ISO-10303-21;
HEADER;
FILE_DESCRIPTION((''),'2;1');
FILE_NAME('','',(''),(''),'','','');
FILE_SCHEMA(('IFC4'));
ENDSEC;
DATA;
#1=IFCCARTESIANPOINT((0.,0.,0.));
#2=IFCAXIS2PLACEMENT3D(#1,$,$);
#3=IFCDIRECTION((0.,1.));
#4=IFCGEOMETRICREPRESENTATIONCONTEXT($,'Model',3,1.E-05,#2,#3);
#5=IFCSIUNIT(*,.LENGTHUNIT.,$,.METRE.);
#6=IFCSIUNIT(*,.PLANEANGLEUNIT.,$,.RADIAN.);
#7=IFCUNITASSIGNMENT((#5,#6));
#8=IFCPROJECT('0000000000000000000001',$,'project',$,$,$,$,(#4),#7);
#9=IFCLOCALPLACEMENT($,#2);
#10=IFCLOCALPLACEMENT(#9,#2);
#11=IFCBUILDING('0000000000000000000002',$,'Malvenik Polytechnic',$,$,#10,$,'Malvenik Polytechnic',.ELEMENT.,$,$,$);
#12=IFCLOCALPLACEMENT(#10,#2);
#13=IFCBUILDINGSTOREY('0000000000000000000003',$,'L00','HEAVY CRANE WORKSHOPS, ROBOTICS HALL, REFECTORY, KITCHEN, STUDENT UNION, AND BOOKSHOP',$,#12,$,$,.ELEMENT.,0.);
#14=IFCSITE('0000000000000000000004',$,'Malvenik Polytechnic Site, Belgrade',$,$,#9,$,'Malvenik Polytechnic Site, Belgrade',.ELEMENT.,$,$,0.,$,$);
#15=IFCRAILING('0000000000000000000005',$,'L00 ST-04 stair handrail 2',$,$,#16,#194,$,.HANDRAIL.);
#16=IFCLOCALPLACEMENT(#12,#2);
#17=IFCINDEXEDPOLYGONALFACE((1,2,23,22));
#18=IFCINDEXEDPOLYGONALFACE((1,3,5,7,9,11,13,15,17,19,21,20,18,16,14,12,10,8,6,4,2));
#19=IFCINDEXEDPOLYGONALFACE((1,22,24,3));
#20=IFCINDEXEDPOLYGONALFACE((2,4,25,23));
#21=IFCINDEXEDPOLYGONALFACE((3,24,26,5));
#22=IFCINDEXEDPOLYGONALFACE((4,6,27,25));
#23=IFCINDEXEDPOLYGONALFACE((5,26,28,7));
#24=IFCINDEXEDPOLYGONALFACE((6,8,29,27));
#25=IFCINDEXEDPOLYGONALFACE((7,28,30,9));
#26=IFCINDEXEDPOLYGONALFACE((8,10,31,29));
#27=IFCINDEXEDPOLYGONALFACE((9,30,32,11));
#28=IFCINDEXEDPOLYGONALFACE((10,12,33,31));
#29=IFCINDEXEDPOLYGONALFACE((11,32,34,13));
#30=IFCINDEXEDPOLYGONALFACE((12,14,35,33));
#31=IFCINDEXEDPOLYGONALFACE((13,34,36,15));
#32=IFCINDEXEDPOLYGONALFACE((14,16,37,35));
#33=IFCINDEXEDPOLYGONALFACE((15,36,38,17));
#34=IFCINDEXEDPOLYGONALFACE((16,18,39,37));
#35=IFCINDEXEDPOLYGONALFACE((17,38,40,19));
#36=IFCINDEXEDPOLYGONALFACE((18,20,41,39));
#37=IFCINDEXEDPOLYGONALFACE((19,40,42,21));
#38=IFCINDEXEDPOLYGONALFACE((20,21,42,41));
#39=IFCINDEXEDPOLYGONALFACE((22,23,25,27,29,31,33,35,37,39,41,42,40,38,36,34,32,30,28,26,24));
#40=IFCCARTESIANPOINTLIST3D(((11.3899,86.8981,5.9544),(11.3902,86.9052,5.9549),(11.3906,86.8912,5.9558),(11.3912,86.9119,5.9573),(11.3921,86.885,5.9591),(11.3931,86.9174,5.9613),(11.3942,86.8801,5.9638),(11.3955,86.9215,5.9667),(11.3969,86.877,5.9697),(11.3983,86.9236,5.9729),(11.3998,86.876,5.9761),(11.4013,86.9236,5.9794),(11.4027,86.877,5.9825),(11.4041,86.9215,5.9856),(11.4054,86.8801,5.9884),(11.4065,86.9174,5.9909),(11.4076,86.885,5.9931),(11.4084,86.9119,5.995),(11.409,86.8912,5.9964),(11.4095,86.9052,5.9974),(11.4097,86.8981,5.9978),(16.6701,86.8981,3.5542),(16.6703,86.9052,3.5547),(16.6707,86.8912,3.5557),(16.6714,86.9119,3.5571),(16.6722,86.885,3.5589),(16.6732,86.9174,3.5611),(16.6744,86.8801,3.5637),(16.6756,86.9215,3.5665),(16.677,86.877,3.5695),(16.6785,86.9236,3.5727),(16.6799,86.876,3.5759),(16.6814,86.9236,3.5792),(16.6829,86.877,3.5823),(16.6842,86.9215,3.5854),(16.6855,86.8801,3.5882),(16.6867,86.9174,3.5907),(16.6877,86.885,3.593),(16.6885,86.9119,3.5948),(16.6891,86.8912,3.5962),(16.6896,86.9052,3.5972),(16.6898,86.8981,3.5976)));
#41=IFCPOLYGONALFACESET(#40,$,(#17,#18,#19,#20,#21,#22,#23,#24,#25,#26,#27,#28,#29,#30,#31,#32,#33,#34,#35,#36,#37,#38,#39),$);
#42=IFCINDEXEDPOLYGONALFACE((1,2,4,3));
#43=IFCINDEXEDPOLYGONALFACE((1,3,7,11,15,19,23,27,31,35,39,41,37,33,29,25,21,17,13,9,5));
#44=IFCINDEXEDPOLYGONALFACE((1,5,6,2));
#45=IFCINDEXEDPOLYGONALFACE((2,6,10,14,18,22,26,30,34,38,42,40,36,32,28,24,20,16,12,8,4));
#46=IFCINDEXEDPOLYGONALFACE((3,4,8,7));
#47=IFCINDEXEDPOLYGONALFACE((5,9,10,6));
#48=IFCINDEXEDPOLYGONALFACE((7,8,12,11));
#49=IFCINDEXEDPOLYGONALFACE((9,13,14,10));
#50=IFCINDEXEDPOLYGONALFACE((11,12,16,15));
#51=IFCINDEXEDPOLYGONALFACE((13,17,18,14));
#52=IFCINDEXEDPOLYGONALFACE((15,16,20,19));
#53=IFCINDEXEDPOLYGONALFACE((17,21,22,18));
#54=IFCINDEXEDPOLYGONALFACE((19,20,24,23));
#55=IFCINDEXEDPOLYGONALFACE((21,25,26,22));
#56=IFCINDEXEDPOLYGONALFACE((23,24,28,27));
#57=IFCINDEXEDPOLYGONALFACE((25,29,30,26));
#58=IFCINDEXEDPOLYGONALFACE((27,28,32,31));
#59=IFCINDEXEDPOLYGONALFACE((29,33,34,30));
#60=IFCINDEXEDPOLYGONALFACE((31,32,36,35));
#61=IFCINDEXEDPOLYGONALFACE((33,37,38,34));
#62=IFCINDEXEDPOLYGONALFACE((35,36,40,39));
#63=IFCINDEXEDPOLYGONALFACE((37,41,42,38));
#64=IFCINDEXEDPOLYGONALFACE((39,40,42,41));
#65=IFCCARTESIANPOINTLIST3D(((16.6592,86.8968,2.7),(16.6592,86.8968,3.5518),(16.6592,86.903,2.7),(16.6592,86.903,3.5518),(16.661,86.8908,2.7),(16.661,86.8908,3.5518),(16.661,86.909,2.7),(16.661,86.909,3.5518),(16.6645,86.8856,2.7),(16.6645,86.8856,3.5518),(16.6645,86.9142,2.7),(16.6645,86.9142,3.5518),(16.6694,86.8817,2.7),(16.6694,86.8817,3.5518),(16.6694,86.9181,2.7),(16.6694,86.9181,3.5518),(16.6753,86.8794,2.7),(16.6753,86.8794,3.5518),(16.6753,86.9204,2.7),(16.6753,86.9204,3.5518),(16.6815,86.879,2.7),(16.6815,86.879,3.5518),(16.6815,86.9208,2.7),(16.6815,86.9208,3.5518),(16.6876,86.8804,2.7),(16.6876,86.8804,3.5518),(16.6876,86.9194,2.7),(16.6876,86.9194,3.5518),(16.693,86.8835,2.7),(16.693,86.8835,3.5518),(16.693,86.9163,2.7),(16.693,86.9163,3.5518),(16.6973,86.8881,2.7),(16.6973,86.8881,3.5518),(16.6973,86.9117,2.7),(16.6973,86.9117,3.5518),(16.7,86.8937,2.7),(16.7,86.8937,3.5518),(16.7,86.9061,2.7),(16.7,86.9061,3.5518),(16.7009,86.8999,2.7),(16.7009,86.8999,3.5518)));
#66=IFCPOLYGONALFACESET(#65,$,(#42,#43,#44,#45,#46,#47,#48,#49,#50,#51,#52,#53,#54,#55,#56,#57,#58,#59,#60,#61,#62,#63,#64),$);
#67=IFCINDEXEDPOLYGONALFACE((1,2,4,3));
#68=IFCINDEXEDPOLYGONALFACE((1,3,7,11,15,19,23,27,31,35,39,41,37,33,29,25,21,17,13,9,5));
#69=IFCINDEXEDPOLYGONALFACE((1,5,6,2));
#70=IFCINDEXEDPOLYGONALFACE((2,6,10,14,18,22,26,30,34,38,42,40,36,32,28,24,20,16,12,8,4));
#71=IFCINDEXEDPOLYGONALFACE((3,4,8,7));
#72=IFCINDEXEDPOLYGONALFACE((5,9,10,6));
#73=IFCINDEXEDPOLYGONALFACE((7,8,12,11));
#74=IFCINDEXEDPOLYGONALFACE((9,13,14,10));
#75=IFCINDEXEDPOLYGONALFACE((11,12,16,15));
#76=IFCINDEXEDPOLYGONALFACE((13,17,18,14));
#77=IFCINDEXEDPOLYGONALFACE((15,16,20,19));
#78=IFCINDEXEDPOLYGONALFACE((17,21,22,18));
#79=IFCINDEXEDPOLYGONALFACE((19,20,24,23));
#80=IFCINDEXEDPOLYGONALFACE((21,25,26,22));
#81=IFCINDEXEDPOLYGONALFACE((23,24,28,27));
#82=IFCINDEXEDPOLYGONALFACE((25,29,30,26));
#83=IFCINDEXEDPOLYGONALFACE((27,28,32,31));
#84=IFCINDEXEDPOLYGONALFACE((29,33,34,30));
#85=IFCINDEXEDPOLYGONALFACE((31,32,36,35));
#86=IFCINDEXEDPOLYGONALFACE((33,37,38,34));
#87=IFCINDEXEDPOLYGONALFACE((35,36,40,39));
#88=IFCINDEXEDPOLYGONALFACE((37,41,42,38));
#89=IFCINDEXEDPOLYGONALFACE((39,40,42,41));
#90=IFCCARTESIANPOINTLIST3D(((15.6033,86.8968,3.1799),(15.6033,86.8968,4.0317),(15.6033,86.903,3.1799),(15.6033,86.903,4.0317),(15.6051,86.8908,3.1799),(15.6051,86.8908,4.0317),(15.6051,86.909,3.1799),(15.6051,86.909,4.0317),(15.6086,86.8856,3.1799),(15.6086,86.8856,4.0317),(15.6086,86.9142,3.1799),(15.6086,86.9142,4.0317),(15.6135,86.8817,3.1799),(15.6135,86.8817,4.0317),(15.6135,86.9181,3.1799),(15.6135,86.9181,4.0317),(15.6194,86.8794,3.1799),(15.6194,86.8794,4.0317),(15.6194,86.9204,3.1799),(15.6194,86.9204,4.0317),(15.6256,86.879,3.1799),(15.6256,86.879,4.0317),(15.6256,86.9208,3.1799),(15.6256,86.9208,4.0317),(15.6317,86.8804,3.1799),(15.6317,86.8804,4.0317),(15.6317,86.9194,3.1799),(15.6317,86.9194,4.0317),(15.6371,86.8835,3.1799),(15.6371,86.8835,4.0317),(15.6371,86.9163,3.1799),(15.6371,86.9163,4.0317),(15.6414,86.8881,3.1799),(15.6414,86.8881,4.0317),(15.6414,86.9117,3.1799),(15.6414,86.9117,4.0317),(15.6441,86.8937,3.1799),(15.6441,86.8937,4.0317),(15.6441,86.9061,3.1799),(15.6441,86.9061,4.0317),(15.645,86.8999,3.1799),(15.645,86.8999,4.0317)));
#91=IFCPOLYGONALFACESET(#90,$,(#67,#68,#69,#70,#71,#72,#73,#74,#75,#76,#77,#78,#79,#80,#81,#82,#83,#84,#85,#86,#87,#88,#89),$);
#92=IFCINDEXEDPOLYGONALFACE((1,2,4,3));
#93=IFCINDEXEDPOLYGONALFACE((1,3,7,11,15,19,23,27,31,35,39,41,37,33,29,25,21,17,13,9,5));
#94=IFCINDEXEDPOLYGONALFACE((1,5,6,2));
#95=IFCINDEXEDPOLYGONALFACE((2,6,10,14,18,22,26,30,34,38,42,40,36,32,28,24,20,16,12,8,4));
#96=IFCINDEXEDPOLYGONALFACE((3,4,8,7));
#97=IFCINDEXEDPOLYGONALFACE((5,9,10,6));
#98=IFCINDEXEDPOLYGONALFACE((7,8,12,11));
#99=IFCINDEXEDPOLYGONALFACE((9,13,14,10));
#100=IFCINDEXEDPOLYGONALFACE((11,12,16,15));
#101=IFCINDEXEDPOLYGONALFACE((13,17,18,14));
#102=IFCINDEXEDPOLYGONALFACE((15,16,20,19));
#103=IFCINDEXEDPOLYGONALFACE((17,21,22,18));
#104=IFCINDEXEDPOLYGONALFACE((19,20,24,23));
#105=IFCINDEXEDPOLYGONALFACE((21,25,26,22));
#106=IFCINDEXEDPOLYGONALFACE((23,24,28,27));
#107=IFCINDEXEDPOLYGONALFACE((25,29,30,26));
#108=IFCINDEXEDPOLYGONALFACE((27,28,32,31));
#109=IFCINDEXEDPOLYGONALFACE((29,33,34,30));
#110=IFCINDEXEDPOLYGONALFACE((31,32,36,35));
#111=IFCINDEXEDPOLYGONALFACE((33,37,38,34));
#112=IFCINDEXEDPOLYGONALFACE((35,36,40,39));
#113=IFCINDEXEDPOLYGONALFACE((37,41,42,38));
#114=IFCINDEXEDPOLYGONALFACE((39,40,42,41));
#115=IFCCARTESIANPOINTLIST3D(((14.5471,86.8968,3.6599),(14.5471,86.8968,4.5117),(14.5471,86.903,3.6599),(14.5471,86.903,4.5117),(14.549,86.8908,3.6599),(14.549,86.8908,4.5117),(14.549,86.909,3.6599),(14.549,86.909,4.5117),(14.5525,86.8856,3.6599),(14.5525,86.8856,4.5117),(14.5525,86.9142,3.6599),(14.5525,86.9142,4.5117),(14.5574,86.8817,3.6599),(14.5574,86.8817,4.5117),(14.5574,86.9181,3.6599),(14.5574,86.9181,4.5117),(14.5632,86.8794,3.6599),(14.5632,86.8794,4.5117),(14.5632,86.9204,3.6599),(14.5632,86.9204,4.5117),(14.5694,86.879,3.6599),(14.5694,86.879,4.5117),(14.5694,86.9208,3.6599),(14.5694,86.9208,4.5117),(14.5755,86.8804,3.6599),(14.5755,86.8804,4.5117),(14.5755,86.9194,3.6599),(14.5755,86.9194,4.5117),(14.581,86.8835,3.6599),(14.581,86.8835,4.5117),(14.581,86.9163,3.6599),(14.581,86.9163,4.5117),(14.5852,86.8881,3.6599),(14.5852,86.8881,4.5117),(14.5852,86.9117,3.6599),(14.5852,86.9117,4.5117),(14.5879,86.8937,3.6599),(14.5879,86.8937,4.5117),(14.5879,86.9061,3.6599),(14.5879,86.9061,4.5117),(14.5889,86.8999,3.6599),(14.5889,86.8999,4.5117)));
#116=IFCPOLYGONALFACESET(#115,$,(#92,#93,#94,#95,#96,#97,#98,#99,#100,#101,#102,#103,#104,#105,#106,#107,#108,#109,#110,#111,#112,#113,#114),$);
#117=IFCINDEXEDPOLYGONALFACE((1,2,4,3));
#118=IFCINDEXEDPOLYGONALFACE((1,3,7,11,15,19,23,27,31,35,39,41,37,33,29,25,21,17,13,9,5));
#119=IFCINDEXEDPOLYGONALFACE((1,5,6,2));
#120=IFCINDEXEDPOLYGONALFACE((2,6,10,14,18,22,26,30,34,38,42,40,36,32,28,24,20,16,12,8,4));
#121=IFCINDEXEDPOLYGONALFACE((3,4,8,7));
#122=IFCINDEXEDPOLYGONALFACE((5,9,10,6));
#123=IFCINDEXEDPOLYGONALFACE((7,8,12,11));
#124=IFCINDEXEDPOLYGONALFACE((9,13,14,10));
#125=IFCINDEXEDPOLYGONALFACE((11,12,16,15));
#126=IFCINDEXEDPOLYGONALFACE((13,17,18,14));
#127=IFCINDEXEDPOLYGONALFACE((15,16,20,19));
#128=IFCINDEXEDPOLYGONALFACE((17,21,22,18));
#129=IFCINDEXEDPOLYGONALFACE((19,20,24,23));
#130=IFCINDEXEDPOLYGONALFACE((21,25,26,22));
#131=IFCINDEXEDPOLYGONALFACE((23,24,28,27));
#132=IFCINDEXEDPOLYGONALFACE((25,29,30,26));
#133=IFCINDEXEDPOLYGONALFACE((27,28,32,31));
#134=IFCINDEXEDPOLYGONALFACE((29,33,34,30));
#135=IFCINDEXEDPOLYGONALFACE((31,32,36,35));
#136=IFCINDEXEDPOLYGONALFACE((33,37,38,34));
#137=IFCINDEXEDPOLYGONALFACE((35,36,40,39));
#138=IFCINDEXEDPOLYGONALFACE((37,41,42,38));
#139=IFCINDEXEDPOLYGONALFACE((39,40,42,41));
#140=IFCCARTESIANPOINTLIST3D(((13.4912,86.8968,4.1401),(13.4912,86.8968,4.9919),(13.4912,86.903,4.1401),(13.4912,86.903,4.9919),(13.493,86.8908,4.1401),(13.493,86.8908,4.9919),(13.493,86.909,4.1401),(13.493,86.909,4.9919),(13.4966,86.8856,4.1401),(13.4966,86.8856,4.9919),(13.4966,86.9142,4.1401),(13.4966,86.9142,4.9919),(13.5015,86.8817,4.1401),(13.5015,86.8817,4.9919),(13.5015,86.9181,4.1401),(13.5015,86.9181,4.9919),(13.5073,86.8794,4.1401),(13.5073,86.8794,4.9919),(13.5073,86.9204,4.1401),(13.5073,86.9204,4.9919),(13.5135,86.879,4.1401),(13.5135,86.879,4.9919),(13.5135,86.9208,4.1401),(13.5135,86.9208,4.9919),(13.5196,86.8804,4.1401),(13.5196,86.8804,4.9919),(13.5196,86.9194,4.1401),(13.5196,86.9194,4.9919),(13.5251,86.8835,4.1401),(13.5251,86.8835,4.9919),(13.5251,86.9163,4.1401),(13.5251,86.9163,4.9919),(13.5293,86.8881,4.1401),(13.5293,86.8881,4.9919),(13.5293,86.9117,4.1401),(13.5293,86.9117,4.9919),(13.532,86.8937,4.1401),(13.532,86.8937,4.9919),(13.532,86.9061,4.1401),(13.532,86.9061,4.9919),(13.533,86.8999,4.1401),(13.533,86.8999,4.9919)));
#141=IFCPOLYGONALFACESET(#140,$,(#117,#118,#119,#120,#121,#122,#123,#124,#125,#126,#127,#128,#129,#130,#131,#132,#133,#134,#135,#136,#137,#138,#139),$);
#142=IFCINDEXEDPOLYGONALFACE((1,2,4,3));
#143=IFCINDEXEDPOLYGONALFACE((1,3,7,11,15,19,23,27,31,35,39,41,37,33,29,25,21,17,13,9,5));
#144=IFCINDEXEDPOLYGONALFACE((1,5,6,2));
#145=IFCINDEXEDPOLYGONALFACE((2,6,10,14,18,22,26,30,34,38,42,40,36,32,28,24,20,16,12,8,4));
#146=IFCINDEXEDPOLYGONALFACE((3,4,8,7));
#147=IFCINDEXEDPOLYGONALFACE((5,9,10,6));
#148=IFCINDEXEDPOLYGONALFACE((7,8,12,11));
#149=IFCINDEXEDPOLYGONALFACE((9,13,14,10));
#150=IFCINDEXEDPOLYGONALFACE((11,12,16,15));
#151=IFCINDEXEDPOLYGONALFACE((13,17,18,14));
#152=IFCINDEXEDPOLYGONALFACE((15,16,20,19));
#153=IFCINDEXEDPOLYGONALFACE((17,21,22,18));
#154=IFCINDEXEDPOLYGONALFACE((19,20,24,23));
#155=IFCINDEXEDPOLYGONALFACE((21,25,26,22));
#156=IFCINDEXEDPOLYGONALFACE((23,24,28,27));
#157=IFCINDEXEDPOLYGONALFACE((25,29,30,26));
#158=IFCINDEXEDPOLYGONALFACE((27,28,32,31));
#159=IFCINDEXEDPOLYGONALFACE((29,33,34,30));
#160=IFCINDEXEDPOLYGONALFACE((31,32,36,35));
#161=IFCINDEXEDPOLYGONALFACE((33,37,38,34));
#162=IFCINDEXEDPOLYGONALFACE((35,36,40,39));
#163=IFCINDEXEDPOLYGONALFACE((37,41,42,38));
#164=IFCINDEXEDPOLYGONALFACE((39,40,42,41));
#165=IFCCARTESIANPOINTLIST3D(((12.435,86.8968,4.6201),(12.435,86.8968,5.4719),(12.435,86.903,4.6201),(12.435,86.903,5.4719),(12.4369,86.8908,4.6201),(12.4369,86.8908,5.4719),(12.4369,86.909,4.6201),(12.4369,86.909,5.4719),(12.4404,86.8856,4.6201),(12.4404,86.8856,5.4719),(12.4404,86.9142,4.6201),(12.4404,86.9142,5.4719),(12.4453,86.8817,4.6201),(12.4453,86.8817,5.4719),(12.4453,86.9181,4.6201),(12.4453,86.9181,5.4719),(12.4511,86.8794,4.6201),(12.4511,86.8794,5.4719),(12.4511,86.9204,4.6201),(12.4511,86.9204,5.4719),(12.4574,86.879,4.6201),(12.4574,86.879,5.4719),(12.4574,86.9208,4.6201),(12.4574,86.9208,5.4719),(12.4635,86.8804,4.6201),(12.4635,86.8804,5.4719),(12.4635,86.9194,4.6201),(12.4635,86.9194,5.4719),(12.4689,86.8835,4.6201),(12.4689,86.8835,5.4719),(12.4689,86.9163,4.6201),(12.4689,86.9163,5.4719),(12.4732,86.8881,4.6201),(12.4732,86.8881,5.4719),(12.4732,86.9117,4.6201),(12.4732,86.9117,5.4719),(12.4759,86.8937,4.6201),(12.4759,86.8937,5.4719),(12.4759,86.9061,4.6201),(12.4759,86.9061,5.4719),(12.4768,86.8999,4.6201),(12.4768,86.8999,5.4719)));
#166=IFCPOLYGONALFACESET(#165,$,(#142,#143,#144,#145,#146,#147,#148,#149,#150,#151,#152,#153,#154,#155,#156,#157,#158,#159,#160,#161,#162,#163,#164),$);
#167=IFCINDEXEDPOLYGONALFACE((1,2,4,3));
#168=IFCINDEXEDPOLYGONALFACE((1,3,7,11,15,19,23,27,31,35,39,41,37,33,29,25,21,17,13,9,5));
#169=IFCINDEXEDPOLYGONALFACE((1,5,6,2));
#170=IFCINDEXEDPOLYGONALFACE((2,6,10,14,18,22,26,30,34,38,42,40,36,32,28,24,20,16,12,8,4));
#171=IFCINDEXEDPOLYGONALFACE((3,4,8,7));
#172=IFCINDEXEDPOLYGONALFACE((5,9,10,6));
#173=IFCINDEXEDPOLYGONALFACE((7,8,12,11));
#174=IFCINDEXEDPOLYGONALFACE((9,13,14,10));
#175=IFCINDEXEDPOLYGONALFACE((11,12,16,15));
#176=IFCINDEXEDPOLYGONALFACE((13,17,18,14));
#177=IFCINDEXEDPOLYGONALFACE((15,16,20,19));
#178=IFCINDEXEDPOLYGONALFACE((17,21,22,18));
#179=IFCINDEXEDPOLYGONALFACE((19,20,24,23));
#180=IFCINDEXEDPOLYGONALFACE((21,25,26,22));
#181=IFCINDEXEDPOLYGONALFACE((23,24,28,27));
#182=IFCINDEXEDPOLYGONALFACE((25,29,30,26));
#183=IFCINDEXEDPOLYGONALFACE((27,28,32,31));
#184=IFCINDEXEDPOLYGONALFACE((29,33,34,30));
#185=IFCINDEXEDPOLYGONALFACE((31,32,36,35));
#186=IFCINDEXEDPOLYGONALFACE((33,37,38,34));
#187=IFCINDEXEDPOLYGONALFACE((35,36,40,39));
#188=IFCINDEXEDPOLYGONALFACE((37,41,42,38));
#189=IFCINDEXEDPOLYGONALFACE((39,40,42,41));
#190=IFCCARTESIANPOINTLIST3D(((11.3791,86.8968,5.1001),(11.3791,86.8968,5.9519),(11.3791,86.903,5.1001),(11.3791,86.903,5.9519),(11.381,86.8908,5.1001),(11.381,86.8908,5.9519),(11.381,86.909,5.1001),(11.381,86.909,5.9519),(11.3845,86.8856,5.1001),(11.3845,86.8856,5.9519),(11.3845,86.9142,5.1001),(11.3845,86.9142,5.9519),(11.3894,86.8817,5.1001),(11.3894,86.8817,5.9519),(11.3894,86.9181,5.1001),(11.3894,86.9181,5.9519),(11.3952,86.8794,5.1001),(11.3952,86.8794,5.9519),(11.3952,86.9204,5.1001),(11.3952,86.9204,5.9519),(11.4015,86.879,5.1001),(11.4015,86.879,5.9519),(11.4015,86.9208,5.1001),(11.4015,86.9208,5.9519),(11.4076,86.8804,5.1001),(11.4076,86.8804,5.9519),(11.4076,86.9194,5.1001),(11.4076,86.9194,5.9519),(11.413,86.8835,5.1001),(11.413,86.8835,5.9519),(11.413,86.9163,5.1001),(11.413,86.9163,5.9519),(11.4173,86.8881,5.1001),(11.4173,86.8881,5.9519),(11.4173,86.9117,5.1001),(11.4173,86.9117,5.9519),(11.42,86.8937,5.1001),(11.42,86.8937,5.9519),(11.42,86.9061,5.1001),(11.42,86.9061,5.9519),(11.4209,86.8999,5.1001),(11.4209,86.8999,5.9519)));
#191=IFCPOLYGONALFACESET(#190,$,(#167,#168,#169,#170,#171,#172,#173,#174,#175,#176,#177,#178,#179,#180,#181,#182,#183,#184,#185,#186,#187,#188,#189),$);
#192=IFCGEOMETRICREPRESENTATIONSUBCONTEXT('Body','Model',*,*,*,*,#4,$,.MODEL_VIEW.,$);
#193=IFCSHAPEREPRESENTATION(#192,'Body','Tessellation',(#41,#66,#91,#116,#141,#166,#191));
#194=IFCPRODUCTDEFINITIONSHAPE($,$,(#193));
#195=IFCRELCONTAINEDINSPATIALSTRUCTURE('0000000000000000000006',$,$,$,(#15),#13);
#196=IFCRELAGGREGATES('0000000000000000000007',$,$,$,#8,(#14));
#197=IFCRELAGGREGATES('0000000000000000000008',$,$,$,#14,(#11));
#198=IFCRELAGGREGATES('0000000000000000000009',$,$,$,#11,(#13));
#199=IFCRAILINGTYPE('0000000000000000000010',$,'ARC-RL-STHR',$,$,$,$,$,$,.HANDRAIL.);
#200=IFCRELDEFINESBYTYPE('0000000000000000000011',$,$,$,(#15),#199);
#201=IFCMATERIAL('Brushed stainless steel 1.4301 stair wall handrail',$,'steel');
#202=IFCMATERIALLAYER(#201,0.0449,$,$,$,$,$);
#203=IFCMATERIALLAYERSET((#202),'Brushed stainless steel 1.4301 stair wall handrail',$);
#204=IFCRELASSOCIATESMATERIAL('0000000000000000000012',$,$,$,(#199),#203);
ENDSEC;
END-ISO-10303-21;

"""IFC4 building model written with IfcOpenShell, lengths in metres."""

from ifc_helpers import new_model, si_unit, direction, frame, origin, origin_2d, place, context, subcontext, project, spatial, circle, extrude, material, layer, layer_set, type_object, element, save


model = new_model("IFC4")

# Units and contexts
model_context = context("Model", 3, precision=1e-05, world=origin(), true_north=direction((0.0, 1.0)))
body_context = subcontext(model_context, "Body", "Model", "MODEL_VIEW")
ifc_project = project(units=[si_unit("LENGTHUNIT", "METRE"), si_unit("PLANEANGLEUNIT", "RADIAN")], contexts=[model_context])

# Site, building, storey
site_placement = place(None, origin())
site = spatial("IfcSite", under=ifc_project, at=site_placement, Name="Malvenik Polytechnic Site, Belgrade", LongName="Malvenik Polytechnic Site, Belgrade", CompositionType="ELEMENT", RefElevation=0.0)
building_placement = place(site_placement, origin())
building = spatial("IfcBuilding", under=site, at=building_placement, Name="Malvenik Polytechnic", LongName="Malvenik Polytechnic", CompositionType="ELEMENT")
storey_placement = place(building_placement, origin())
storey = spatial("IfcBuildingStorey", under=building, at=storey_placement, Name="L00", Description="HEAVY CRANE WORKSHOPS, ROBOTICS HALL, REFECTORY, KITCHEN, STUDENT UNION, AND BOOKSHOP", CompositionType="ELEMENT", Elevation=0.0)

# Railing
ifc_material_1 = material(Name="Brushed stainless steel 1.4301 stair wall handrail", Category="steel")
ifc_layer_1 = layer(ifc_material_1, 0.0449)
ifc_layer_set_1 = layer_set([ifc_layer_1], Name="Brushed stainless steel 1.4301 stair wall handrail")
railing_type_1 = type_object("IfcRailingType", Name="ARC-RL-STHR", PredefinedType="HANDRAIL", material=ifc_layer_set_1)
railing_1_placement = place(storey_placement, frame((16.6799, 86.8999, 2.7)))
element("IfcRailing", 1, at=railing_1_placement, inside=storey, type_object=railing_type_1, Name="L00 ST-04 stair handrail 2", PredefinedType="HANDRAIL", context=body_context, shape_type="SweptSolid", body=[
    extrude(circle(Radius=0.0239, at=origin_2d()), frame((0.0, 0.0, 0.876), z_axis=(-0.910358, 0.0, 0.413822), x_axis=(0.0, -1.0, 0.0)), (0.0, 0.0, 1.0), 5.8),
    extrude(circle(Radius=0.021, at=origin_2d()), origin(), (0.0, 0.0, 1.0), 0.8518),
    extrude(circle(Radius=0.021, at=origin_2d()), frame((-1.0559, 0.0, 0.48)), (0.0, 0.0, 1.0), 0.8518),
    extrude(circle(Radius=0.021, at=origin_2d()), frame((-2.1121, 0.0, 0.96)), (0.0, 0.0, 1.0), 0.8518),
    extrude(circle(Radius=0.021, at=origin_2d()), frame((-3.168, 0.0, 1.4402)), (0.0, 0.0, 1.0), 0.8518),
    extrude(circle(Radius=0.021, at=origin_2d()), frame((-4.2241, 0.0, 1.9202)), (0.0, 0.0, 1.0), 0.8518),
    extrude(circle(Radius=0.021, at=origin_2d()), frame((-5.28, 0.0, 2.4001)), (0.0, 0.0, 1.0), 0.8518),
])

save(model, "model.ifc")
